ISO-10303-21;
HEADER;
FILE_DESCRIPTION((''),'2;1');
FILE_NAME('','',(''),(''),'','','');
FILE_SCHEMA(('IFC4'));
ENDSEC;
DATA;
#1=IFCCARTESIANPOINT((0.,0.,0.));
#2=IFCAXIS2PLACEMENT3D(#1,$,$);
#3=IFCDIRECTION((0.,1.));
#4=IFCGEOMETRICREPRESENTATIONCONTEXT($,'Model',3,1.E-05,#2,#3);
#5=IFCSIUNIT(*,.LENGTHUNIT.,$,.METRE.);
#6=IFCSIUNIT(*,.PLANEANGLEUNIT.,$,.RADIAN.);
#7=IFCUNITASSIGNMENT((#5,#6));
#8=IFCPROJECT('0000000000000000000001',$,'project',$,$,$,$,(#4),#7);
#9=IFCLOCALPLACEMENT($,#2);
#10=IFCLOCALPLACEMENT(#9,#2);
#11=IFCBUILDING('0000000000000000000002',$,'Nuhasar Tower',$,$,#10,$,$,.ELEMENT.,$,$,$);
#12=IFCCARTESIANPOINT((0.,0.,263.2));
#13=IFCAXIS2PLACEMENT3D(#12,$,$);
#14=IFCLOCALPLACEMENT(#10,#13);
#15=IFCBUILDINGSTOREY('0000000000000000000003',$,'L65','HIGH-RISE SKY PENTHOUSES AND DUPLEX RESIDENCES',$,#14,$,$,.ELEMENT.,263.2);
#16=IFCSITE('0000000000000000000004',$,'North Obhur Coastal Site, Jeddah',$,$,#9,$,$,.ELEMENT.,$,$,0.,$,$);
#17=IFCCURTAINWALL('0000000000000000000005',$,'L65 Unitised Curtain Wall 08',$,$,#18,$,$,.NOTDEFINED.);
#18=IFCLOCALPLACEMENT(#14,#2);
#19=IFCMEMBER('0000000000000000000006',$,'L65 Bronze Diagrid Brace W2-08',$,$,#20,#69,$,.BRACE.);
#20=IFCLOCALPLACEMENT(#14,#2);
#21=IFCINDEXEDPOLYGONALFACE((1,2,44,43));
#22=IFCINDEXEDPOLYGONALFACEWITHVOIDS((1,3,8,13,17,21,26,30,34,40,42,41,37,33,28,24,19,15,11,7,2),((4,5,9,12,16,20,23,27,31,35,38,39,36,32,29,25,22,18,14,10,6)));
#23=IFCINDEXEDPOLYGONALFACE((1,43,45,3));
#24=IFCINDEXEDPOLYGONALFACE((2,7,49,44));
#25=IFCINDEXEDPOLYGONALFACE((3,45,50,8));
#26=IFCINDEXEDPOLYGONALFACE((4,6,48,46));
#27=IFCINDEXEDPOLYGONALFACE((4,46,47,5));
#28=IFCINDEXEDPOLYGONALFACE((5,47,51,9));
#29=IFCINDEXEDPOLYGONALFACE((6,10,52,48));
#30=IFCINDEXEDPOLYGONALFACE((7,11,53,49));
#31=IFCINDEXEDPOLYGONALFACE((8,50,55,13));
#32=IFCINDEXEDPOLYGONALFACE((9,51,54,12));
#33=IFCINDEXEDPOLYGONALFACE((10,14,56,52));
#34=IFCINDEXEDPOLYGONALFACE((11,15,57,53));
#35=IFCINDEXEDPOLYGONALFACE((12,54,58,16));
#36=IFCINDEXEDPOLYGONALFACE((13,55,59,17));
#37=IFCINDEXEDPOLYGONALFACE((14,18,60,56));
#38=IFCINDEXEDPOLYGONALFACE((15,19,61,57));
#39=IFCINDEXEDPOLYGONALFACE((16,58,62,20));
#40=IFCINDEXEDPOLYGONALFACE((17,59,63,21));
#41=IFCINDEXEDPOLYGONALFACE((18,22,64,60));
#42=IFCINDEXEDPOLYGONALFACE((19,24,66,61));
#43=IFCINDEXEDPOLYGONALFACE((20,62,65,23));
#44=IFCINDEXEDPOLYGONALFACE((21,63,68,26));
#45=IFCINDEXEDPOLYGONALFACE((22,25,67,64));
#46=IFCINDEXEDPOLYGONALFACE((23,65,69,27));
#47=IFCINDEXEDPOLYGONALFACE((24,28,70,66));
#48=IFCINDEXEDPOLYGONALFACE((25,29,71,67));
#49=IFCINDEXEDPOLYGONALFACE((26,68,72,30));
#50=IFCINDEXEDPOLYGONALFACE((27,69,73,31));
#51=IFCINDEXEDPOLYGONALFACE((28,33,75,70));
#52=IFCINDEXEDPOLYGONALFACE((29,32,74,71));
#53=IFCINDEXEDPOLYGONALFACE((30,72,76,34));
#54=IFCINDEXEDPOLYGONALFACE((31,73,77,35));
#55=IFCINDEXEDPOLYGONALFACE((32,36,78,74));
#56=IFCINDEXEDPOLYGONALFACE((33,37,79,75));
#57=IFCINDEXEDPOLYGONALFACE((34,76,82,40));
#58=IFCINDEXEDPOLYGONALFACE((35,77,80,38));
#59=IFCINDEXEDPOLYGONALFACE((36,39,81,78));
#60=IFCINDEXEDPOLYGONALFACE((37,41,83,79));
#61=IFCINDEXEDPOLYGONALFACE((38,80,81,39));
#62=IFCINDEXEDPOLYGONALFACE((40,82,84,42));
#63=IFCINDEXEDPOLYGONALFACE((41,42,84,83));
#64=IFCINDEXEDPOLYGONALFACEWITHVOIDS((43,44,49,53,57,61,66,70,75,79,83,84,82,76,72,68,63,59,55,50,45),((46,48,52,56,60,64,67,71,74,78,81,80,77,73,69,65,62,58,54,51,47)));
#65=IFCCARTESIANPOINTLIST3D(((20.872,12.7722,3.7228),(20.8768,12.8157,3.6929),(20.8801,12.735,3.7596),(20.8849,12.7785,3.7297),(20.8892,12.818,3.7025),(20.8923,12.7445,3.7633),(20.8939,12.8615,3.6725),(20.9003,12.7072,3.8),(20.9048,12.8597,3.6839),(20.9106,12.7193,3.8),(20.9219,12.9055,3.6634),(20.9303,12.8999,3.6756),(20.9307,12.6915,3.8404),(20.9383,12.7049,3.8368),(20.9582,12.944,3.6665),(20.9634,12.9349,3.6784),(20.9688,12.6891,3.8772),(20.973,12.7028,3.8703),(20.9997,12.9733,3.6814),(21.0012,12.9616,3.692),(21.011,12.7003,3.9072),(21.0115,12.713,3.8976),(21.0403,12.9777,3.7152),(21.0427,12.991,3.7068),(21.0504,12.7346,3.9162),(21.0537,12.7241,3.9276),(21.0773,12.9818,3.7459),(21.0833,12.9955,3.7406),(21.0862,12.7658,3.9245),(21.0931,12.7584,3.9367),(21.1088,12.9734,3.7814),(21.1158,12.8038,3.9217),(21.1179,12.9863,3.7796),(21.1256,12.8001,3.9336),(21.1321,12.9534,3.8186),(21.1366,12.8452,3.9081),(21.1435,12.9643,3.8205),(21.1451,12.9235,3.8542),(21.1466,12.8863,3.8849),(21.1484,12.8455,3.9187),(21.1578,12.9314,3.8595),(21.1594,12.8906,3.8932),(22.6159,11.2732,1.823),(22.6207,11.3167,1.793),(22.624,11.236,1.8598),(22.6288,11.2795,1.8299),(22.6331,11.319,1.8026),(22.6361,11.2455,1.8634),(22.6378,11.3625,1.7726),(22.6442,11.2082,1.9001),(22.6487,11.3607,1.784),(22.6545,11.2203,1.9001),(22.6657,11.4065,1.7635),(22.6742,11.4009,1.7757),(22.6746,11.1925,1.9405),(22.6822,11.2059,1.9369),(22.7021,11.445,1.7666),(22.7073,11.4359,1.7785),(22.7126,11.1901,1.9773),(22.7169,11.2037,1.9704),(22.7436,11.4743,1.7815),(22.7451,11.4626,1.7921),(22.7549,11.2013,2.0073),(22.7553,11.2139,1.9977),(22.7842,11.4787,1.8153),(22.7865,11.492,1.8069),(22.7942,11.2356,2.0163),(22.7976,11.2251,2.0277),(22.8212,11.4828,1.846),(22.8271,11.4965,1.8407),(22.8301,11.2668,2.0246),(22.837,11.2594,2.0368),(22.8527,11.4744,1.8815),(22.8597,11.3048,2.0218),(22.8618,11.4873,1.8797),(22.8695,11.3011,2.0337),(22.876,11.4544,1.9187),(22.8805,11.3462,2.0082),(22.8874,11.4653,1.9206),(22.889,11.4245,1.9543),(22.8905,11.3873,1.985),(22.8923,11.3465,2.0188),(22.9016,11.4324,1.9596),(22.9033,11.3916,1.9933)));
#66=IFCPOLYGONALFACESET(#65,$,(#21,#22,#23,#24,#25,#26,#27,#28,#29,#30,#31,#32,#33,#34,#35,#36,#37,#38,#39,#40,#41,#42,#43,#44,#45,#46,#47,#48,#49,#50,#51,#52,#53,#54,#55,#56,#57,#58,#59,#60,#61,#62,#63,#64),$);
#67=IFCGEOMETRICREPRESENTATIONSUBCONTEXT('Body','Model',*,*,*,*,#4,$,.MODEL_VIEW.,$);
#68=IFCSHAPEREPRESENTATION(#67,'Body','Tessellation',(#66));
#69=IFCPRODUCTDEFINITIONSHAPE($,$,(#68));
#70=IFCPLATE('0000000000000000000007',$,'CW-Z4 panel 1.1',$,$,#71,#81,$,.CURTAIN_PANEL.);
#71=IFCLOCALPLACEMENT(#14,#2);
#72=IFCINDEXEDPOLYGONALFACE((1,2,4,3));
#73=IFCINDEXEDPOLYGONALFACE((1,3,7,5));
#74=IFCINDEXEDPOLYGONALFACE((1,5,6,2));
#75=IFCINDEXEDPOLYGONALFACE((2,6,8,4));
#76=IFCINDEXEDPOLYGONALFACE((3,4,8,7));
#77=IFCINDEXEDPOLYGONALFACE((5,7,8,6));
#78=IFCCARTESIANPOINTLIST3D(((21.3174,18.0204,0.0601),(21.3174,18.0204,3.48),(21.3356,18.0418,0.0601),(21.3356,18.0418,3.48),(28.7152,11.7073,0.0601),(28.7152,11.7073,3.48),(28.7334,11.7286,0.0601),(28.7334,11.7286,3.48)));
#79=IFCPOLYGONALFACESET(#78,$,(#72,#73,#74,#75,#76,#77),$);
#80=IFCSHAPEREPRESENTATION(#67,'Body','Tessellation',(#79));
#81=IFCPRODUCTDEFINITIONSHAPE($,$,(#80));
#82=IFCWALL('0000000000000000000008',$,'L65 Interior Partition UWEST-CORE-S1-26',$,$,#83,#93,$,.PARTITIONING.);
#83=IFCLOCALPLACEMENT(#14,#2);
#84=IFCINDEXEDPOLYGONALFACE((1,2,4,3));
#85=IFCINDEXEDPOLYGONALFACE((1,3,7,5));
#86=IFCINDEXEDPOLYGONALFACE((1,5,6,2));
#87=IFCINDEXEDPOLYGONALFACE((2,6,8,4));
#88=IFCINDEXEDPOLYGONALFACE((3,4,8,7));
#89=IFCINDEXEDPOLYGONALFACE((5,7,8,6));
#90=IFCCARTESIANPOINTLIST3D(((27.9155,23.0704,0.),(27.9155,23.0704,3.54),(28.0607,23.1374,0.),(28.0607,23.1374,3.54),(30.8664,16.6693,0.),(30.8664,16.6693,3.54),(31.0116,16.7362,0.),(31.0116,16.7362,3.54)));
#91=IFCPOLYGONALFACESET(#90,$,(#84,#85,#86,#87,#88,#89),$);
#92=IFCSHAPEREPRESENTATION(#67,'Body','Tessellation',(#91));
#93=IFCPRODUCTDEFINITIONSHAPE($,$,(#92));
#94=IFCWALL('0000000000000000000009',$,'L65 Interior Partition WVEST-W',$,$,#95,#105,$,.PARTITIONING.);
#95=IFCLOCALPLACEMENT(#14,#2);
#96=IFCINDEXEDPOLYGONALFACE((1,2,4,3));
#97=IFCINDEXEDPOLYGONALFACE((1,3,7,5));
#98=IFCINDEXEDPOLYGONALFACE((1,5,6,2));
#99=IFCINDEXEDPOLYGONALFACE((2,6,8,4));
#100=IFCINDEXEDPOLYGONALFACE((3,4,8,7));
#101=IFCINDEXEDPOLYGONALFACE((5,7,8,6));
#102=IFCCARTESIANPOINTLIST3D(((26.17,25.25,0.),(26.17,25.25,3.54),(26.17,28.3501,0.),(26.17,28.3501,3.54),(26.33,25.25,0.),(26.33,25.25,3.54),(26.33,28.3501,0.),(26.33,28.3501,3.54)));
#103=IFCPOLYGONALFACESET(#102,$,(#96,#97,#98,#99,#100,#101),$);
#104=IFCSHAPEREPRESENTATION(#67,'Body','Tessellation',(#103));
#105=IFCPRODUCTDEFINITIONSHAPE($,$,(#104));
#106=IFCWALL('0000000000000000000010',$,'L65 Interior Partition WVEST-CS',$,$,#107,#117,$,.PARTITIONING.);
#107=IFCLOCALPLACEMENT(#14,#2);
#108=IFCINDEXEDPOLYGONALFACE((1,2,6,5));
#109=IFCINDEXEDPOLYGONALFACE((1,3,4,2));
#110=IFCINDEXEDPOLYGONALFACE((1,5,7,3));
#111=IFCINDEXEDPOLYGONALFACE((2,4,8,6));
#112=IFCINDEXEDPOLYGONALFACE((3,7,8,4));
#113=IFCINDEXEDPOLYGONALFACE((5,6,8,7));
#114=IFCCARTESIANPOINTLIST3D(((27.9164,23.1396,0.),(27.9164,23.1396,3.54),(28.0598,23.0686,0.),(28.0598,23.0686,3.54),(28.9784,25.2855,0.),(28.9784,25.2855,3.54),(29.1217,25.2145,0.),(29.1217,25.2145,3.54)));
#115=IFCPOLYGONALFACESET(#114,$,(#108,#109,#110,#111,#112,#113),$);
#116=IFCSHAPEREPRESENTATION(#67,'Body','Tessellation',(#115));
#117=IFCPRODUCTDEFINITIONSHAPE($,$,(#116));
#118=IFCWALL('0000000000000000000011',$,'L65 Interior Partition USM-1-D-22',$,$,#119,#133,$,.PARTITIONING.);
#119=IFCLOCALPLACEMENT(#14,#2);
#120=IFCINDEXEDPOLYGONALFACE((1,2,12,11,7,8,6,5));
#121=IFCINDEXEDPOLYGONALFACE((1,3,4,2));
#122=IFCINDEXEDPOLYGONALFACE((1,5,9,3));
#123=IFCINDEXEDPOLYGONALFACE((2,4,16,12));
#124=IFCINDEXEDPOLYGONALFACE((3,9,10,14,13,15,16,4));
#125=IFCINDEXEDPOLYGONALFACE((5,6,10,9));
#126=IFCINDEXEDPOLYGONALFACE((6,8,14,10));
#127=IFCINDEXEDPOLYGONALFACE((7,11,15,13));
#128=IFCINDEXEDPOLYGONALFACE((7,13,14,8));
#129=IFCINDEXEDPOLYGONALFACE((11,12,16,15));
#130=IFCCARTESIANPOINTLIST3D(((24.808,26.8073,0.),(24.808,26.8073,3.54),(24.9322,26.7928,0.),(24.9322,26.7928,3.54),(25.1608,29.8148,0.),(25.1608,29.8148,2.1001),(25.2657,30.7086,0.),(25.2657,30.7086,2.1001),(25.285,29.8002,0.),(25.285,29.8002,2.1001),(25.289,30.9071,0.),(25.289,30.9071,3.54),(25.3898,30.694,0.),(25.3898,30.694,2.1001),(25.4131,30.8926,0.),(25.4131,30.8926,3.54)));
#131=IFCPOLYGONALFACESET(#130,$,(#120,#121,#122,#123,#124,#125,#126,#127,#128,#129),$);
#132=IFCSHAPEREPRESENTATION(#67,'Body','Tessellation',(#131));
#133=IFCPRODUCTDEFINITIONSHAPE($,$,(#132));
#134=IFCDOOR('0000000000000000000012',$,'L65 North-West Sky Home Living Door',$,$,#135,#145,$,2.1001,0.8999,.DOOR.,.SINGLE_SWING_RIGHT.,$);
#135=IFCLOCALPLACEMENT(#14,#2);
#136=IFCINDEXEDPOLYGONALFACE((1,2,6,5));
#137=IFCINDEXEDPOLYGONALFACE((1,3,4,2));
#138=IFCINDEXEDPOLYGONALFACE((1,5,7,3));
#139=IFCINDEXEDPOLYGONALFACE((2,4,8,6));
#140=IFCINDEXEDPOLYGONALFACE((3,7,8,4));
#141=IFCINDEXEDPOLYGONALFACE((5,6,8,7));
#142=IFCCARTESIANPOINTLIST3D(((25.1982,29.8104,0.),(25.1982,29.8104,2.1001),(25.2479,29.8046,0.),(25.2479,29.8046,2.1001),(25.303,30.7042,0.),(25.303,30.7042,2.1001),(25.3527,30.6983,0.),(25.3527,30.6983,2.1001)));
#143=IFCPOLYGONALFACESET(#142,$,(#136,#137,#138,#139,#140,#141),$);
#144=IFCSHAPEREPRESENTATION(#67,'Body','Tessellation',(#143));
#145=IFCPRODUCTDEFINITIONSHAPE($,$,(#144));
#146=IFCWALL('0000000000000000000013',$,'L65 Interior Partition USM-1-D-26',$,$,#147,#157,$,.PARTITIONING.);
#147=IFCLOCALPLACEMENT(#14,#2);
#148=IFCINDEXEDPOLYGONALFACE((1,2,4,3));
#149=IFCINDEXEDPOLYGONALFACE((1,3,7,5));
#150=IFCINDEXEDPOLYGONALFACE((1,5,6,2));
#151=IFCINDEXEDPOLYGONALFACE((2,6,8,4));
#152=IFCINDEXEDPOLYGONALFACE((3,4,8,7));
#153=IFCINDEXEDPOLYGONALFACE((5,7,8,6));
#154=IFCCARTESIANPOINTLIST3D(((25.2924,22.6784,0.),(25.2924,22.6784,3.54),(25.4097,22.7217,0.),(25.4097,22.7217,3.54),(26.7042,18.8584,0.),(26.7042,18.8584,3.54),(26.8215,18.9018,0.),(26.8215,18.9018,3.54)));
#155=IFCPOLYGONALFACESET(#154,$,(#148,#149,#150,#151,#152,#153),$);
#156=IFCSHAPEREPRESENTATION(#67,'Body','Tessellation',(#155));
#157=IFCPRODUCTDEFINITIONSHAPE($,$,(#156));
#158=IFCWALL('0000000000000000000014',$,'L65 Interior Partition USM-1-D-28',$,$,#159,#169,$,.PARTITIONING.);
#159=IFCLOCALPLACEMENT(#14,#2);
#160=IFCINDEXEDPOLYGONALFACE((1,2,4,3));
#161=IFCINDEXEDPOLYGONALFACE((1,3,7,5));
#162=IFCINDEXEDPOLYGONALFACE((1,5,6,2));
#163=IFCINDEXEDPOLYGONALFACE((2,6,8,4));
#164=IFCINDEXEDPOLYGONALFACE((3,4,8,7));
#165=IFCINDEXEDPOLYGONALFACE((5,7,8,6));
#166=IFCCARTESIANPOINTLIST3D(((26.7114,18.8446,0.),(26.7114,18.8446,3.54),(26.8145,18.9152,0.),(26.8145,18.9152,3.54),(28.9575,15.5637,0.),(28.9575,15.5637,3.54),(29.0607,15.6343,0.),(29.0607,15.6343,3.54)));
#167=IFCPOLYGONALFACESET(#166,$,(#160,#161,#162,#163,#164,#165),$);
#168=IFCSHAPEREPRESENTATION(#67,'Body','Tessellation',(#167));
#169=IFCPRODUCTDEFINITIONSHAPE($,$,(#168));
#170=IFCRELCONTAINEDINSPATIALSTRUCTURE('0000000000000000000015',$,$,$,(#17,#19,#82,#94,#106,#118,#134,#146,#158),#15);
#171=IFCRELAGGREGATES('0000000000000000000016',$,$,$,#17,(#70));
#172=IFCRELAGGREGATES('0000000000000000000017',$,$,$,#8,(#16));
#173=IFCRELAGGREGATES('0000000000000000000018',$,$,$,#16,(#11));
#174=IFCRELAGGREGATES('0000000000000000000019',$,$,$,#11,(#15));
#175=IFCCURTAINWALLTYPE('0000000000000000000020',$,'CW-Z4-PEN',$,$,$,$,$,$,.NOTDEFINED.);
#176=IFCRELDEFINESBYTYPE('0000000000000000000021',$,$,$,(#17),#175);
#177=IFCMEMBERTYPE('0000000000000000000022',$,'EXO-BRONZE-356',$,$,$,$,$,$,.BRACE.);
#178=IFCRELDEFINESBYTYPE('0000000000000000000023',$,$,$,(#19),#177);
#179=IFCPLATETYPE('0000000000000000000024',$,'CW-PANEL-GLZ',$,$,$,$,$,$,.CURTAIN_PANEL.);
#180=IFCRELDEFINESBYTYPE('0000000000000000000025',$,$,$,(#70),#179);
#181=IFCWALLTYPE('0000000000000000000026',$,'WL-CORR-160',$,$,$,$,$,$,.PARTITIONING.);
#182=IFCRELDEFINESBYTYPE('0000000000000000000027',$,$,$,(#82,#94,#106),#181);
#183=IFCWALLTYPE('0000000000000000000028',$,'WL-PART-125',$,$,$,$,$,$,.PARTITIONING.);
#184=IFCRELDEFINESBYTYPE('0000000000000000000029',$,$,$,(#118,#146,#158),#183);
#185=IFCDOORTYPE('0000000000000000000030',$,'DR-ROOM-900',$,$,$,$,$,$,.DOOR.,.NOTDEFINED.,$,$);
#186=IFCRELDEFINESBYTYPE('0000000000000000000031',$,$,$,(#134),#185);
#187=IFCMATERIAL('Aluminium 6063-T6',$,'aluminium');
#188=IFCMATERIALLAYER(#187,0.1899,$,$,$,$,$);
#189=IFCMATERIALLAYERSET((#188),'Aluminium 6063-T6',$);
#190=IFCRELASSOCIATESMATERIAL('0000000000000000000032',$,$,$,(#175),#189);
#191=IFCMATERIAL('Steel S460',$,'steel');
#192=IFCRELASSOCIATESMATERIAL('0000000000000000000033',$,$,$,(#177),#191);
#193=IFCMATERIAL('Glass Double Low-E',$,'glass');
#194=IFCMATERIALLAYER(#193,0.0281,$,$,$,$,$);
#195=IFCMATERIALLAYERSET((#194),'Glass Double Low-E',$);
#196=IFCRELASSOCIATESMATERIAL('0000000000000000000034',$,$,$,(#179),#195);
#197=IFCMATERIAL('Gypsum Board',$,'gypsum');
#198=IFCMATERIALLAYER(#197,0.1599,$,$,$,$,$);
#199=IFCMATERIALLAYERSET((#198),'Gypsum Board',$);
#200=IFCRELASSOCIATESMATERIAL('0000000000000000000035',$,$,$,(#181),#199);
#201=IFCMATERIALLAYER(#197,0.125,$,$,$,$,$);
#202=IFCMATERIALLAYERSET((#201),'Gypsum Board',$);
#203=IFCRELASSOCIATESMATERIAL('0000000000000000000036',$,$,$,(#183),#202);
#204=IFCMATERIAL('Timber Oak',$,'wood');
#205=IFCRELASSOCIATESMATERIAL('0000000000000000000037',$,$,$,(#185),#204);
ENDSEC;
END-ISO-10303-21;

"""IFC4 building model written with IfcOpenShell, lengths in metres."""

from ifc_helpers import new_model, si_unit, direction, frame, frame_2d, origin, origin_2d, place, context, subcontext, project, spatial, rectangle, hollow_circle, extrude, material, layer, layer_set, material_profile, profile_set, type_object, element, fill, aggregate, save


model = new_model("IFC4")

# Units and contexts
model_context = context("Model", 3, precision=1e-05, world=origin(), true_north=direction((0.0, 1.0)))
body_context = subcontext(model_context, "Body", "Model", "MODEL_VIEW")
ifc_project = project(units=[si_unit("LENGTHUNIT", "METRE"), si_unit("PLANEANGLEUNIT", "RADIAN")], contexts=[model_context])

# Site, building, storey
site_placement = place(None, origin())
site = spatial("IfcSite", under=ifc_project, at=site_placement, Name="North Obhur Coastal Site, Jeddah", CompositionType="ELEMENT", RefElevation=0.0)
building_placement = place(site_placement, origin())
building = spatial("IfcBuilding", under=site, at=building_placement, Name="Nuhasar Tower", CompositionType="ELEMENT")
storey_placement = place(building_placement, frame((0.0, 0.0, 263.2)))
storey = spatial("IfcBuildingStorey", under=building, at=storey_placement, Name="L65", Description="HIGH-RISE SKY PENTHOUSES AND DUPLEX RESIDENCES", CompositionType="ELEMENT", Elevation=263.2)

# Curtain wall
ifc_material_1 = material(Name="Aluminium 6063-T6", Category="aluminium")
ifc_layer_1 = layer(ifc_material_1, 0.1899)
ifc_layer_set_1 = layer_set([ifc_layer_1], Name="Aluminium 6063-T6")
curtain_wall_type = type_object("IfcCurtainWallType", Name="CW-Z4-PEN", PredefinedType="NOTDEFINED", material=ifc_layer_set_1)
curtain_wall_1_placement = place(storey_placement, origin())
curtain_wall_1 = element("IfcCurtainWall", 1, at=curtain_wall_1_placement, inside=storey, type_object=curtain_wall_type, Name="L65 Unitised Curtain Wall 08", PredefinedType="NOTDEFINED")

# Member
ifc_material_2 = material(Name="Steel S460", Category="steel")
ifc_material_profile_1 = material_profile(ifc_material_2, hollow_circle(Radius=0.1777, WallThickness=0.0159, at=origin_2d()), Name="HSS355.6X15.9")
ifc_profile_set_1 = profile_set([ifc_material_profile_1], Name="Steel S460")
member_type_1 = type_object("IfcMemberType", Name="EXO-BRONZE-356", PredefinedType="BRACE", material=ifc_profile_set_1)
member_1_placement = place(storey_placement, frame((22.76, 11.343, 1.9001), z_axis=(-0.584625, 0.502534, 0.636925), x_axis=(-0.651857, -0.758342, 0.0)))
element("IfcMember", 2, at=member_1_placement, inside=storey, type_object=member_type_1, Name="L65 Bronze Diagrid Brace W2-08", PredefinedType="BRACE", context=body_context, shape_type="SweptSolid", body=[
    extrude(hollow_circle(Radius=0.1777, WallThickness=0.0159, at=origin_2d()), origin(), (0.0, 0.0, 1.0), 2.9829),
])

# Plate
ifc_material_3 = material(Name="Glass Double Low-E", Category="glass")
ifc_layer_2 = layer(ifc_material_3, 0.0281)
ifc_layer_set_2 = layer_set([ifc_layer_2], Name="Glass Double Low-E")
plate_type = type_object("IfcPlateType", Name="CW-PANEL-GLZ", PredefinedType="CURTAIN_PANEL", material=ifc_layer_set_2)
plate_placement = place(storey_placement, frame((25.0254, 14.8745, 0.0601), z_axis=(0.0, 0.0, 1.0), x_axis=(0.760667, -0.649142, 0.0)))
plate = element("IfcPlate", 3, at=plate_placement, type_object=plate_type, Name="CW-Z4 panel 1.1", PredefinedType="CURTAIN_PANEL", context=body_context, shape_type="SweptSolid", body=[
    extrude(rectangle(XDim=9.7253, YDim=0.0281, at=origin_2d()), origin(), (0.0, 0.0, 1.0), 3.4199),
])
aggregate(curtain_wall_1, [plate])

# Wall
ifc_material_4 = material(Name="Gypsum Board", Category="gypsum")
ifc_layer_3 = layer(ifc_material_4, 0.1599)
ifc_layer_set_3 = layer_set([ifc_layer_3], Name="Gypsum Board")
wall_type_1 = type_object("IfcWallType", Name="WL-CORR-160", PredefinedType="PARTITIONING", material=ifc_layer_set_3)
wall_1_placement = place(storey_placement, frame((27.988, 23.104, 0.0), z_axis=(0.0, 0.0, 1.0), x_axis=(0.418656, -0.908145, 0.0)))
element("IfcWall", 4, at=wall_1_placement, inside=storey, type_object=wall_type_1, Name="L65 Interior Partition UWEST-CORE-S1-26", PredefinedType="PARTITIONING", context=body_context, shape_type="SweptSolid", body=[
    extrude(rectangle(XDim=7.0486, YDim=0.1599, at=frame_2d((3.5244, 0.0))), origin(), (0.0, 0.0, 1.0), 3.54),
])

# Shared definitions
ifc_material_5 = material(Name="Timber Oak", Category="wood")

# Walls
wall_2_placement = place(storey_placement, frame((26.25, 25.25, 0.0), z_axis=(0.0, 0.0, 1.0), x_axis=(0.0, 1.0, 0.0)))
element("IfcWall", 5, at=wall_2_placement, inside=storey, type_object=wall_type_1, Name="L65 Interior Partition WVEST-W", PredefinedType="PARTITIONING", context=body_context, shape_type="SweptSolid", body=[
    extrude(rectangle(XDim=3.1001, YDim=0.1599, at=frame_2d((1.55, 0.0))), origin(), (0.0, 0.0, 1.0), 3.54),
])
wall_3_placement = place(storey_placement, frame((27.988, 23.104, 0.0), z_axis=(0.0, 0.0, 1.0), x_axis=(0.443539, 0.896255, 0.0)))
element("IfcWall", 6, at=wall_3_placement, inside=storey, type_object=wall_type_1, Name="L65 Interior Partition WVEST-CS", PredefinedType="PARTITIONING", context=body_context, shape_type="SweptSolid", body=[
    extrude(rectangle(XDim=2.3943, YDim=0.1599, at=frame_2d((1.1973, 0.0))), origin(), (0.0, 0.0, 1.0), 3.54),
])

# Wall, opening, door
ifc_layer_4 = layer(ifc_material_4, 0.125)
ifc_layer_set_4 = layer_set([ifc_layer_4], Name="Gypsum Board")
wall_type_2 = type_object("IfcWallType", Name="WL-PART-125", PredefinedType="PARTITIONING", material=ifc_layer_set_4)
wall_4_placement = place(storey_placement, frame((24.8701, 26.8, 0.0), z_axis=(0.0, 0.0, 1.0), x_axis=(0.116512, 0.993189, 0.0)))
wall_4 = element("IfcWall", 7, at=wall_4_placement, inside=storey, type_object=wall_type_2, Name="L65 Interior Partition USM-1-D-22", PredefinedType="PARTITIONING", context=body_context, shape_type="SweptSolid", body=[
    extrude(rectangle(XDim=4.1279, YDim=0.125, at=frame_2d((2.064, 0.0))), origin(), (0.0, 0.0, 1.0), 3.54),
])
opening_1_placement = place(wall_4_placement, frame((3.0281, 0.0, 0.0)))
opening_1 = element("IfcOpeningElement", 8, at=opening_1_placement, cuts=wall_4, PredefinedType="OPENING", context=body_context, shape_type="SweptSolid", body=[
    extrude(rectangle(XDim=0.8999, YDim=2.1001, at=frame_2d((0.45, 1.05))), frame((0.0, 0.0725, 0.0), z_axis=(0.0, -1.0, 0.0), x_axis=(1.0, 0.0, 0.0)), (0.0, 0.0, 1.0), 0.145),
])
door_type_1 = type_object("IfcDoorType", Name="DR-ROOM-900", OperationType="NOTDEFINED", PredefinedType="DOOR", material=ifc_material_5)
door_1_placement = place(opening_1_placement, origin())
door_1 = element("IfcDoor", 9, at=door_1_placement, inside=storey, type_object=door_type_1, Name="L65 North-West Sky Home Living Door", OperationType="SINGLE_SWING_RIGHT", OverallHeight=2.1001, OverallWidth=0.8999, PredefinedType="DOOR", context=body_context, shape_type="SweptSolid", body=[
    extrude(rectangle(XDim=0.8999, YDim=2.1001, at=frame_2d((0.45, 1.05))), frame((0.0, 0.0249, 0.0), z_axis=(0.0, -1.0, 0.0), x_axis=(1.0, 0.0, 0.0)), (0.0, 0.0, 1.0), 0.05),
])
fill(opening_1, door_1)

# Walls
wall_5_placement = place(storey_placement, frame((25.3511, 22.7, 0.0), z_axis=(0.0, 0.0, 1.0), x_axis=(0.346672, -0.937986, 0.0)))
element("IfcWall", 10, at=wall_5_placement, inside=storey, type_object=wall_type_2, Name="L65 Interior Partition USM-1-D-26", PredefinedType="PARTITIONING", context=body_context, shape_type="SweptSolid", body=[
    extrude(rectangle(XDim=4.0725, YDim=0.125, at=frame_2d((2.0361, 0.0))), origin(), (0.0, 0.0, 1.0), 3.54),
])
wall_6_placement = place(storey_placement, frame((26.7629, 18.8799, 0.0), z_axis=(0.0, 0.0, 1.0), x_axis=(0.564917, -0.825148, 0.0)))
element("IfcWall", 11, at=wall_6_placement, inside=storey, type_object=wall_type_2, Name="L65 Interior Partition USM-1-D-28", PredefinedType="PARTITIONING", context=body_context, shape_type="SweptSolid", body=[
    extrude(rectangle(XDim=3.9761, YDim=0.125, at=frame_2d((1.988, 0.0))), origin(), (0.0, 0.0, 1.0), 3.54),
])

save(model, "model.ifc")
